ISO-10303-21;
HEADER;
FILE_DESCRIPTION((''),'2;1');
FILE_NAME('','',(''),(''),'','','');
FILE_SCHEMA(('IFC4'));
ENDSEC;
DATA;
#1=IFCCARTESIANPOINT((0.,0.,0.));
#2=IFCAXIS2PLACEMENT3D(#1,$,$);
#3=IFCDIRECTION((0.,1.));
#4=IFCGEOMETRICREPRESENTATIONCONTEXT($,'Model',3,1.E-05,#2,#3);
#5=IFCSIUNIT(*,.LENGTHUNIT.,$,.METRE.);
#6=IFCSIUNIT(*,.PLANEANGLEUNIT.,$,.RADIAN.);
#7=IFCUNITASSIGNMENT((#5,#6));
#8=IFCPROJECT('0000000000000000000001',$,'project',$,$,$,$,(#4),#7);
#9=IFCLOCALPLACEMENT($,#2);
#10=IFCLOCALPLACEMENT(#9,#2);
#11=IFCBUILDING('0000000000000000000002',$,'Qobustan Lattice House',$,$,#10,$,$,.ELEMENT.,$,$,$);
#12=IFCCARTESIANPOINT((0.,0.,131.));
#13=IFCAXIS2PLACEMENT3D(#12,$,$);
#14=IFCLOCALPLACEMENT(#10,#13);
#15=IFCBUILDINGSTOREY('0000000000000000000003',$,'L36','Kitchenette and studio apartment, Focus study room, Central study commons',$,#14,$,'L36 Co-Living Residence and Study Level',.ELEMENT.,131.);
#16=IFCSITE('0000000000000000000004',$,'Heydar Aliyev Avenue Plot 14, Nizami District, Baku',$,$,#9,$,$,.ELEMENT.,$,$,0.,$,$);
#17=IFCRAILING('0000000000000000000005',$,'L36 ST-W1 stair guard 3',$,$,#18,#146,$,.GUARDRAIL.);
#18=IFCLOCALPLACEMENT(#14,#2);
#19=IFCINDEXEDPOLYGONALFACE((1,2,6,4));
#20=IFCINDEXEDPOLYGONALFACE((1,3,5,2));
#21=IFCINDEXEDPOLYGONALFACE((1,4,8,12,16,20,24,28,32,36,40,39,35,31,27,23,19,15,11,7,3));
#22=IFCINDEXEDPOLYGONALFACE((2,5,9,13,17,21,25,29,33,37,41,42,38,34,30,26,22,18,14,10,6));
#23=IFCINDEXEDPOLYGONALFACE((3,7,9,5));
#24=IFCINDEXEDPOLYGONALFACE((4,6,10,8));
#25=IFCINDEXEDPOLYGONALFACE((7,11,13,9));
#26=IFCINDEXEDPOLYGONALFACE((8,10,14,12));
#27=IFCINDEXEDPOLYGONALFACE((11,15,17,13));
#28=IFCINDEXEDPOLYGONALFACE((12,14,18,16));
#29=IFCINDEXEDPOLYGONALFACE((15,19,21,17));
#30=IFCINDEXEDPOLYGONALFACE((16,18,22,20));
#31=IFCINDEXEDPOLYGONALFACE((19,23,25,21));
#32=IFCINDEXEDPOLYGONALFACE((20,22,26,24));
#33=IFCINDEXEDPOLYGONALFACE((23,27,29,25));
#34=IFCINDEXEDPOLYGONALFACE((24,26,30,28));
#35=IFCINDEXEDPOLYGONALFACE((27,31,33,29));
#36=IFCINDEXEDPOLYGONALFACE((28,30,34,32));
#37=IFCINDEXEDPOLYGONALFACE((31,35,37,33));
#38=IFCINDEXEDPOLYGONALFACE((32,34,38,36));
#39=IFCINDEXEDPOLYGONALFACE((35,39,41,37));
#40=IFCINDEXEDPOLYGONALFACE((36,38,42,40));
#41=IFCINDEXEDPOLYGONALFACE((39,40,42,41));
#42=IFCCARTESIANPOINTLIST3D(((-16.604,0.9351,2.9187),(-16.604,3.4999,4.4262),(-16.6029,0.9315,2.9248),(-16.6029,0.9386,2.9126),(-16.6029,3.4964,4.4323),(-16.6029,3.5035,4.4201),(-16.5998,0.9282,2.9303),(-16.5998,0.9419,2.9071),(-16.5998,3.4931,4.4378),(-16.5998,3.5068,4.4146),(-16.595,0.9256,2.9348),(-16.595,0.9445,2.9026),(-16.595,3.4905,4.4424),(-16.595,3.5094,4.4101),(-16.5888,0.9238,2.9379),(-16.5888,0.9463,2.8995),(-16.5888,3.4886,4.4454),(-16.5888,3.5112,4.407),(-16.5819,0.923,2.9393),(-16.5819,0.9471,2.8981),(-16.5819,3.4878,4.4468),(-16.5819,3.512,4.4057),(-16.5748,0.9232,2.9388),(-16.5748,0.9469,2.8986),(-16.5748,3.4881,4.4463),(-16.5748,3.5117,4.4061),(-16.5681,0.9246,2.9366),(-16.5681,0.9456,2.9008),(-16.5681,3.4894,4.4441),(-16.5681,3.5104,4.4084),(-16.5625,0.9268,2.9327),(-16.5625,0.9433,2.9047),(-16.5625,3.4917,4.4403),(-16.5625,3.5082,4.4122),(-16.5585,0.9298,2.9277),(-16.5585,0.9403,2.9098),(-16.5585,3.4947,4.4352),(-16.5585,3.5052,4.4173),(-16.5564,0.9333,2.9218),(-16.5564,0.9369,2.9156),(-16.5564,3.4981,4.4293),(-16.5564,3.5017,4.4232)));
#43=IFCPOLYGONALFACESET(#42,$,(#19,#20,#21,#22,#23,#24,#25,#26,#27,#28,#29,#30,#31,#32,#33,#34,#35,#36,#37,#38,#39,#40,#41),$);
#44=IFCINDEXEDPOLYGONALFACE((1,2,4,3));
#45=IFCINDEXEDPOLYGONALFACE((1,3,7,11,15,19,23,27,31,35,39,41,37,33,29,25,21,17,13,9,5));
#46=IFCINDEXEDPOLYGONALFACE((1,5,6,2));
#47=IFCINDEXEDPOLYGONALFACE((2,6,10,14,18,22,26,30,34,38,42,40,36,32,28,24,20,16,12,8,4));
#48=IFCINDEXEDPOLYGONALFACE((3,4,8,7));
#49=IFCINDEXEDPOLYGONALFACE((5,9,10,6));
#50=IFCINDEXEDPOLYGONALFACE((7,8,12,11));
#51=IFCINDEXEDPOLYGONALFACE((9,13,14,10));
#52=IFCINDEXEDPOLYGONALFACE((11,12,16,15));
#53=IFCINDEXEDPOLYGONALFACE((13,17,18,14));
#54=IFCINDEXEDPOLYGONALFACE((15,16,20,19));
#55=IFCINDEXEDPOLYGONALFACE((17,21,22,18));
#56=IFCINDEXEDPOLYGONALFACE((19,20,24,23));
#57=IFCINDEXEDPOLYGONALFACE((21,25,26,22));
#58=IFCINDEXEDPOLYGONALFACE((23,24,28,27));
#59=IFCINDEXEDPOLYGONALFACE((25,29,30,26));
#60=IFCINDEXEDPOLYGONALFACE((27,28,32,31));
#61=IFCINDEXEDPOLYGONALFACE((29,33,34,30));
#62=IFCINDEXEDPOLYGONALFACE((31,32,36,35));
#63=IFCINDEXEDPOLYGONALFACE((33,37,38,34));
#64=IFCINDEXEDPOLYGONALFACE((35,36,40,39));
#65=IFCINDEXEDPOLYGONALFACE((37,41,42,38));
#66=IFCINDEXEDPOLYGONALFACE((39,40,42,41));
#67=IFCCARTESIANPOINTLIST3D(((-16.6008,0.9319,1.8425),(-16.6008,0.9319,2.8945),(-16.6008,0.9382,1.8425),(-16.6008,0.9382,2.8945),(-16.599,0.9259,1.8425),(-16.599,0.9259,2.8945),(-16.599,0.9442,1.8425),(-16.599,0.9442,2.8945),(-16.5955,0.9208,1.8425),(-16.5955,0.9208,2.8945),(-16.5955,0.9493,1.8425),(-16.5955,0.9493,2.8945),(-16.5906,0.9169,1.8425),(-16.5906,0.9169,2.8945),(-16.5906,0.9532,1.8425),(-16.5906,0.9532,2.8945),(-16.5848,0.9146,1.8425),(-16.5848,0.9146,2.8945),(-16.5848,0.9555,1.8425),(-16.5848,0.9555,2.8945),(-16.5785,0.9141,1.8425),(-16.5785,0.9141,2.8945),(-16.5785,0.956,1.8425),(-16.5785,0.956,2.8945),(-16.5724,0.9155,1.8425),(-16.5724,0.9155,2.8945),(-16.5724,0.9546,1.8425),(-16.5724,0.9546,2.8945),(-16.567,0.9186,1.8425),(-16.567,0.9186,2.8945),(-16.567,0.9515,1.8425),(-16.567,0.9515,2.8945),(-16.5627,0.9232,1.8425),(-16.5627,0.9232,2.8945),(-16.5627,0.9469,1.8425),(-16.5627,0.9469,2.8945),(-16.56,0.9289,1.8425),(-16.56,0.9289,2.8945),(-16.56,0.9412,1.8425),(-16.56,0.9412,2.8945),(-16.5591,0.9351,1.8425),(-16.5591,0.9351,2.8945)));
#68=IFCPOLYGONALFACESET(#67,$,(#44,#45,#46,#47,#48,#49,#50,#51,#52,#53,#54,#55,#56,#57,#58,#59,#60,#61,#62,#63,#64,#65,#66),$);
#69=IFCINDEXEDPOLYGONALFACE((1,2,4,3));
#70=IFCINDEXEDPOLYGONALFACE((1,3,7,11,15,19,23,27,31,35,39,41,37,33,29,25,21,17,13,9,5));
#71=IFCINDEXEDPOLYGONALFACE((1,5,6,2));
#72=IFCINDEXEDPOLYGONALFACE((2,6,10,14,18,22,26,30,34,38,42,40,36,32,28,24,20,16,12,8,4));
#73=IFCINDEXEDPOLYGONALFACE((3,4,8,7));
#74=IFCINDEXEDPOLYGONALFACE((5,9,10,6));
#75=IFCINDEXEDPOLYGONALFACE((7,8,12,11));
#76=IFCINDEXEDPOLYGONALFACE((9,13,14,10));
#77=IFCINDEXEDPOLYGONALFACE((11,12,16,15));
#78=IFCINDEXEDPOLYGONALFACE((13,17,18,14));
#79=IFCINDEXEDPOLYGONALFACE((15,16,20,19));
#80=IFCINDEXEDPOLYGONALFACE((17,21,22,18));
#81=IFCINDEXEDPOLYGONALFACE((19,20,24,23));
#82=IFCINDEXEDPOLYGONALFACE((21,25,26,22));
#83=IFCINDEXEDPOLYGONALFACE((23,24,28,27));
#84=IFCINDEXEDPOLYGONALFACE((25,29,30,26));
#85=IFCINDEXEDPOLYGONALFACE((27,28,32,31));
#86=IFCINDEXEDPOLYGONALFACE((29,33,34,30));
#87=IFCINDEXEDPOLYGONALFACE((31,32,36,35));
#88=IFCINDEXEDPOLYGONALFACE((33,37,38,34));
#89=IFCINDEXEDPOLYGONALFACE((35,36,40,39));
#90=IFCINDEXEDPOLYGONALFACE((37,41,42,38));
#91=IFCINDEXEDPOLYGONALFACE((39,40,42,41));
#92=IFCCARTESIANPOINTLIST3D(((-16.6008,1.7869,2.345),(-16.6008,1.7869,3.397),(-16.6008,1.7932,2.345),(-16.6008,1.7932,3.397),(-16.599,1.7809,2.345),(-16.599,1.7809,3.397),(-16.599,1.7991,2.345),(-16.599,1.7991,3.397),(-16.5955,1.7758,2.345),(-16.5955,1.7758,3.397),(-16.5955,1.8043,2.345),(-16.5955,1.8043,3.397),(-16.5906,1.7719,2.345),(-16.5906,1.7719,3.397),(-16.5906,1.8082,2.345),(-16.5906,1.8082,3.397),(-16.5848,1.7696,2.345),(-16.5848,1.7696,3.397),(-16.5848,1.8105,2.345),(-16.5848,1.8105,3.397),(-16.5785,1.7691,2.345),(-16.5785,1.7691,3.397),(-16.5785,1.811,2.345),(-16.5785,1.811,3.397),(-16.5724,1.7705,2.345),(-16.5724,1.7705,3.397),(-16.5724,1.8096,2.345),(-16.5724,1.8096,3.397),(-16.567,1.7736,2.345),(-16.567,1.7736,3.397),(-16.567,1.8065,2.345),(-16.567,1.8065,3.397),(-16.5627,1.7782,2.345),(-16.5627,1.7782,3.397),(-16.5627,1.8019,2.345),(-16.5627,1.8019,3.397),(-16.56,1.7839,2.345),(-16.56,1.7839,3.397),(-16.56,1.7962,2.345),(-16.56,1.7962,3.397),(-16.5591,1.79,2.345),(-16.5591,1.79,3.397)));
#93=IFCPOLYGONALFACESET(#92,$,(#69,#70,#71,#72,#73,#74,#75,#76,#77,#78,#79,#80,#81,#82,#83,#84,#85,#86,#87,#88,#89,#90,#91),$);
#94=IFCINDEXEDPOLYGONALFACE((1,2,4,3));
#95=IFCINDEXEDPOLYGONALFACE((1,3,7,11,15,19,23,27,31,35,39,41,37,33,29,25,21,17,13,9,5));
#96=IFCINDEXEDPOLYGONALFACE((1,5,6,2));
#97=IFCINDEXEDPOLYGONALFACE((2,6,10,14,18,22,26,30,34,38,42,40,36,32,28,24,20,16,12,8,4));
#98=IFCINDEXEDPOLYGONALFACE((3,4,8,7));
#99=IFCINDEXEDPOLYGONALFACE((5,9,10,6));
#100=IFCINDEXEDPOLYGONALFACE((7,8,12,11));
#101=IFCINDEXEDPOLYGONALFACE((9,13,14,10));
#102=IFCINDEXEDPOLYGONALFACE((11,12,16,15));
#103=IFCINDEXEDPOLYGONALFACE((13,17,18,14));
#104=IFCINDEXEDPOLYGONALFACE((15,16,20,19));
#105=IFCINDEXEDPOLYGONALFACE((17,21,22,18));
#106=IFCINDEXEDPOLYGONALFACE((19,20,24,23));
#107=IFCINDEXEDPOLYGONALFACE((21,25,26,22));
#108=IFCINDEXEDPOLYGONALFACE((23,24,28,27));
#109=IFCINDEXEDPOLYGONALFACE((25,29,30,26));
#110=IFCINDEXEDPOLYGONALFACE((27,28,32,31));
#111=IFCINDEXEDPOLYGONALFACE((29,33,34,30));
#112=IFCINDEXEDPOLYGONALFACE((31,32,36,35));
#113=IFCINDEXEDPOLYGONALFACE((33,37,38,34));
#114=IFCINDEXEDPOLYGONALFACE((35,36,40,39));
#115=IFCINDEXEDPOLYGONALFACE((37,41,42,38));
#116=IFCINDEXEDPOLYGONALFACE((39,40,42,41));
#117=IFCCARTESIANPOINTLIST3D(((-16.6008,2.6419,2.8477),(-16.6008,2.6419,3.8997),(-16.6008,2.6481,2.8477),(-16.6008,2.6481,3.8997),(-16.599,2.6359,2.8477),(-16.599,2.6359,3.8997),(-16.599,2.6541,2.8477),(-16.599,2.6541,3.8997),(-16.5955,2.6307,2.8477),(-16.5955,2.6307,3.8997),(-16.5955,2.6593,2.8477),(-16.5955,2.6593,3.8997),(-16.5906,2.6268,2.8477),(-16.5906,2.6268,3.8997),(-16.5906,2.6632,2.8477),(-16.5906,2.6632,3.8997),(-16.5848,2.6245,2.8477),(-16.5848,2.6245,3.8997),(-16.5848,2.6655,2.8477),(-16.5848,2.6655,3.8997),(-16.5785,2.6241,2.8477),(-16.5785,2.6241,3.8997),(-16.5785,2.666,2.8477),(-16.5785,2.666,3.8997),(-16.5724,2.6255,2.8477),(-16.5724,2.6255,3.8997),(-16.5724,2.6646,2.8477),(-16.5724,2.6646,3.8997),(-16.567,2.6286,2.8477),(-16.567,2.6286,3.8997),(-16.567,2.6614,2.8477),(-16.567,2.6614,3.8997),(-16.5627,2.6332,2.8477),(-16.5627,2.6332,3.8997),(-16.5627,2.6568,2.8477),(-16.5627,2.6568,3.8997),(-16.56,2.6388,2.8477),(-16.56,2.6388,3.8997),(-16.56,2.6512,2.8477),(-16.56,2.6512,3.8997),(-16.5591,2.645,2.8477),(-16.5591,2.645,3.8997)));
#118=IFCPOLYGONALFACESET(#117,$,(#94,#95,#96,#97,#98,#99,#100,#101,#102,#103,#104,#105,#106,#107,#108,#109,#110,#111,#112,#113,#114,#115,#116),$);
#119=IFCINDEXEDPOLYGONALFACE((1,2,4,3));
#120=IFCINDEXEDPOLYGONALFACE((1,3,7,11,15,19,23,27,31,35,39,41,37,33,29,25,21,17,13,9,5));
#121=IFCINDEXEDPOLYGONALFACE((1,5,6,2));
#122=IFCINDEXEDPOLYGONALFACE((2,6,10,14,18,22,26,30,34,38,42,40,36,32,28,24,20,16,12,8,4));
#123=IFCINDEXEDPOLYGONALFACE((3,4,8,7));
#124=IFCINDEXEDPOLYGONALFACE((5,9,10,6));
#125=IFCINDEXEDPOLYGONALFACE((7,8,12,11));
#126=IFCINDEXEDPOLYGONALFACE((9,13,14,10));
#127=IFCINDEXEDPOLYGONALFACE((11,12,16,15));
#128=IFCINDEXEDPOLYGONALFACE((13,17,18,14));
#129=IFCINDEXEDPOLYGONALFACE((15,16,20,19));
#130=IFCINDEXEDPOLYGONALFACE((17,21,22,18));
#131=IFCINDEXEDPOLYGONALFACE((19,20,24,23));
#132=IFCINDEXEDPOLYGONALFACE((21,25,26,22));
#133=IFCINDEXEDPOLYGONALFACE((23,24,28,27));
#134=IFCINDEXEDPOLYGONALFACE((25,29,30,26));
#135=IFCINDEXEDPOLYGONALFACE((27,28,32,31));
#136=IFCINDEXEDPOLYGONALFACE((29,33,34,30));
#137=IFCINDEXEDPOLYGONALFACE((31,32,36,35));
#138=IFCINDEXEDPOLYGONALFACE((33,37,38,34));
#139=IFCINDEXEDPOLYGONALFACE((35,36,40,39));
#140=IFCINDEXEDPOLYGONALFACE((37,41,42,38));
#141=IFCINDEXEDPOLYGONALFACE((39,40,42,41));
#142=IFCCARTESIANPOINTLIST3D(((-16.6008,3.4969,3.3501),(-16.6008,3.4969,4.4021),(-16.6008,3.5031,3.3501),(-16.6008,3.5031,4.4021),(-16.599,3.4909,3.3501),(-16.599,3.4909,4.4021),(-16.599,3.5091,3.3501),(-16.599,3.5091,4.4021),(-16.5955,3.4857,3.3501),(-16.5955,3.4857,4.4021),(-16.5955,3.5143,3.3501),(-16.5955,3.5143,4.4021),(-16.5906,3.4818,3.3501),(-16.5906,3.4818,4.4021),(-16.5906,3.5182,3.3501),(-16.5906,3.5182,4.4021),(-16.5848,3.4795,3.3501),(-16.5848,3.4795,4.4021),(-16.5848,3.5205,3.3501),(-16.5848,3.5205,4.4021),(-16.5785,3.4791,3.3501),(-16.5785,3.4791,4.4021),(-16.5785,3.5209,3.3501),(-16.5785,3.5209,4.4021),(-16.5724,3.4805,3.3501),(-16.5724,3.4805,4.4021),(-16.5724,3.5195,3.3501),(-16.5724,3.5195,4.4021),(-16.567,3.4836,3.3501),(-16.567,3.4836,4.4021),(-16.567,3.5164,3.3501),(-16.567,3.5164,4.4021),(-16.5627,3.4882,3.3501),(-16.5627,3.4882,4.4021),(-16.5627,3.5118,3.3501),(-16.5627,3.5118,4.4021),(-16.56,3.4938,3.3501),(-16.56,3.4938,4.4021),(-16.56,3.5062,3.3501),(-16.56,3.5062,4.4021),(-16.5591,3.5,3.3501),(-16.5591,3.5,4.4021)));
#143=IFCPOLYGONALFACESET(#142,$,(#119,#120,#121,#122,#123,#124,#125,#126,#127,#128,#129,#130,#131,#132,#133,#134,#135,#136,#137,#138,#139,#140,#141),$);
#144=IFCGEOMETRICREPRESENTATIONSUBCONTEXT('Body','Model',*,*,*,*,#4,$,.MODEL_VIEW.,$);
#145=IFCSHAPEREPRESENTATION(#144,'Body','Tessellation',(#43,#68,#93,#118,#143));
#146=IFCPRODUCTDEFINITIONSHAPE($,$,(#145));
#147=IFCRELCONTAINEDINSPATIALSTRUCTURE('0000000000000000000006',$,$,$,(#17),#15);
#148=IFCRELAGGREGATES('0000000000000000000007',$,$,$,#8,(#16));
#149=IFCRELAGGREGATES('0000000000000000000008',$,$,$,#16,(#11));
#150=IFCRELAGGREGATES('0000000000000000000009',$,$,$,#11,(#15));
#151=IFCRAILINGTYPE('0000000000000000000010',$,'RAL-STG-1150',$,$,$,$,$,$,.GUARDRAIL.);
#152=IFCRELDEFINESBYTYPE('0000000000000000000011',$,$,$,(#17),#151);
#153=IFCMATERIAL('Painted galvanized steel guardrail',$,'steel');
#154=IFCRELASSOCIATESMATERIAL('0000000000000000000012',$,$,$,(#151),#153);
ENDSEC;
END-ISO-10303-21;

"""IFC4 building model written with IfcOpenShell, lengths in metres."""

from ifc_helpers import new_model, si_unit, direction, frame, origin, origin_2d, place, context, subcontext, project, spatial, circle, extrude, material, type_object, element, save


model = new_model("IFC4")

# Units and contexts
model_context = context("Model", 3, precision=1e-05, world=origin(), true_north=direction((0.0, 1.0)))
body_context = subcontext(model_context, "Body", "Model", "MODEL_VIEW")
ifc_project = project(units=[si_unit("LENGTHUNIT", "METRE"), si_unit("PLANEANGLEUNIT", "RADIAN")], contexts=[model_context])

# Site, building, storey
site_placement = place(None, origin())
site = spatial("IfcSite", under=ifc_project, at=site_placement, Name="Heydar Aliyev Avenue Plot 14, Nizami District, Baku", CompositionType="ELEMENT", RefElevation=0.0)
building_placement = place(site_placement, origin())
building = spatial("IfcBuilding", under=site, at=building_placement, Name="Qobustan Lattice House", CompositionType="ELEMENT")
storey_placement = place(building_placement, frame((0.0, 0.0, 131.0)))
storey = spatial("IfcBuildingStorey", under=building, at=storey_placement, Name="L36", Description="Kitchenette and studio apartment, Focus study room, Central study commons", LongName="L36 Co-Living Residence and Study Level", CompositionType="ELEMENT", Elevation=131.0)

# Railing
ifc_material_1 = material(Name="Painted galvanized steel guardrail", Category="steel")
railing_type_1 = type_object("IfcRailingType", Name="RAL-STG-1150", PredefinedType="GUARDRAIL", material=ifc_material_1)
railing_1_placement = place(storey_placement, frame((-16.5801, 0.9351, 1.8425)))
element("IfcRailing", 1, at=railing_1_placement, inside=storey, type_object=railing_type_1, Name="L36 ST-W1 stair guard 3", PredefinedType="GUARDRAIL", context=body_context, shape_type="SweptSolid", body=[
    extrude(circle(Radius=0.0239, at=origin_2d()), frame((0.0, 0.0, 1.0762), z_axis=(0.0, 0.862113, 0.506715), x_axis=(-1.0, 0.0, 0.0)), (0.0, 0.0, 1.0), 2.9751),
    extrude(circle(Radius=0.021, at=origin_2d()), origin(), (0.0, 0.0, 1.0), 1.052),
    extrude(circle(Radius=0.021, at=origin_2d()), frame((0.0, 0.855, 0.5024)), (0.0, 0.0, 1.0), 1.052),
    extrude(circle(Radius=0.021, at=origin_2d()), frame((0.0, 1.71, 1.0051)), (0.0, 0.0, 1.0), 1.052),
    extrude(circle(Radius=0.021, at=origin_2d()), frame((0.0, 2.5649, 1.5076)), (0.0, 0.0, 1.0), 1.052),
])

save(model, "model.ifc")
